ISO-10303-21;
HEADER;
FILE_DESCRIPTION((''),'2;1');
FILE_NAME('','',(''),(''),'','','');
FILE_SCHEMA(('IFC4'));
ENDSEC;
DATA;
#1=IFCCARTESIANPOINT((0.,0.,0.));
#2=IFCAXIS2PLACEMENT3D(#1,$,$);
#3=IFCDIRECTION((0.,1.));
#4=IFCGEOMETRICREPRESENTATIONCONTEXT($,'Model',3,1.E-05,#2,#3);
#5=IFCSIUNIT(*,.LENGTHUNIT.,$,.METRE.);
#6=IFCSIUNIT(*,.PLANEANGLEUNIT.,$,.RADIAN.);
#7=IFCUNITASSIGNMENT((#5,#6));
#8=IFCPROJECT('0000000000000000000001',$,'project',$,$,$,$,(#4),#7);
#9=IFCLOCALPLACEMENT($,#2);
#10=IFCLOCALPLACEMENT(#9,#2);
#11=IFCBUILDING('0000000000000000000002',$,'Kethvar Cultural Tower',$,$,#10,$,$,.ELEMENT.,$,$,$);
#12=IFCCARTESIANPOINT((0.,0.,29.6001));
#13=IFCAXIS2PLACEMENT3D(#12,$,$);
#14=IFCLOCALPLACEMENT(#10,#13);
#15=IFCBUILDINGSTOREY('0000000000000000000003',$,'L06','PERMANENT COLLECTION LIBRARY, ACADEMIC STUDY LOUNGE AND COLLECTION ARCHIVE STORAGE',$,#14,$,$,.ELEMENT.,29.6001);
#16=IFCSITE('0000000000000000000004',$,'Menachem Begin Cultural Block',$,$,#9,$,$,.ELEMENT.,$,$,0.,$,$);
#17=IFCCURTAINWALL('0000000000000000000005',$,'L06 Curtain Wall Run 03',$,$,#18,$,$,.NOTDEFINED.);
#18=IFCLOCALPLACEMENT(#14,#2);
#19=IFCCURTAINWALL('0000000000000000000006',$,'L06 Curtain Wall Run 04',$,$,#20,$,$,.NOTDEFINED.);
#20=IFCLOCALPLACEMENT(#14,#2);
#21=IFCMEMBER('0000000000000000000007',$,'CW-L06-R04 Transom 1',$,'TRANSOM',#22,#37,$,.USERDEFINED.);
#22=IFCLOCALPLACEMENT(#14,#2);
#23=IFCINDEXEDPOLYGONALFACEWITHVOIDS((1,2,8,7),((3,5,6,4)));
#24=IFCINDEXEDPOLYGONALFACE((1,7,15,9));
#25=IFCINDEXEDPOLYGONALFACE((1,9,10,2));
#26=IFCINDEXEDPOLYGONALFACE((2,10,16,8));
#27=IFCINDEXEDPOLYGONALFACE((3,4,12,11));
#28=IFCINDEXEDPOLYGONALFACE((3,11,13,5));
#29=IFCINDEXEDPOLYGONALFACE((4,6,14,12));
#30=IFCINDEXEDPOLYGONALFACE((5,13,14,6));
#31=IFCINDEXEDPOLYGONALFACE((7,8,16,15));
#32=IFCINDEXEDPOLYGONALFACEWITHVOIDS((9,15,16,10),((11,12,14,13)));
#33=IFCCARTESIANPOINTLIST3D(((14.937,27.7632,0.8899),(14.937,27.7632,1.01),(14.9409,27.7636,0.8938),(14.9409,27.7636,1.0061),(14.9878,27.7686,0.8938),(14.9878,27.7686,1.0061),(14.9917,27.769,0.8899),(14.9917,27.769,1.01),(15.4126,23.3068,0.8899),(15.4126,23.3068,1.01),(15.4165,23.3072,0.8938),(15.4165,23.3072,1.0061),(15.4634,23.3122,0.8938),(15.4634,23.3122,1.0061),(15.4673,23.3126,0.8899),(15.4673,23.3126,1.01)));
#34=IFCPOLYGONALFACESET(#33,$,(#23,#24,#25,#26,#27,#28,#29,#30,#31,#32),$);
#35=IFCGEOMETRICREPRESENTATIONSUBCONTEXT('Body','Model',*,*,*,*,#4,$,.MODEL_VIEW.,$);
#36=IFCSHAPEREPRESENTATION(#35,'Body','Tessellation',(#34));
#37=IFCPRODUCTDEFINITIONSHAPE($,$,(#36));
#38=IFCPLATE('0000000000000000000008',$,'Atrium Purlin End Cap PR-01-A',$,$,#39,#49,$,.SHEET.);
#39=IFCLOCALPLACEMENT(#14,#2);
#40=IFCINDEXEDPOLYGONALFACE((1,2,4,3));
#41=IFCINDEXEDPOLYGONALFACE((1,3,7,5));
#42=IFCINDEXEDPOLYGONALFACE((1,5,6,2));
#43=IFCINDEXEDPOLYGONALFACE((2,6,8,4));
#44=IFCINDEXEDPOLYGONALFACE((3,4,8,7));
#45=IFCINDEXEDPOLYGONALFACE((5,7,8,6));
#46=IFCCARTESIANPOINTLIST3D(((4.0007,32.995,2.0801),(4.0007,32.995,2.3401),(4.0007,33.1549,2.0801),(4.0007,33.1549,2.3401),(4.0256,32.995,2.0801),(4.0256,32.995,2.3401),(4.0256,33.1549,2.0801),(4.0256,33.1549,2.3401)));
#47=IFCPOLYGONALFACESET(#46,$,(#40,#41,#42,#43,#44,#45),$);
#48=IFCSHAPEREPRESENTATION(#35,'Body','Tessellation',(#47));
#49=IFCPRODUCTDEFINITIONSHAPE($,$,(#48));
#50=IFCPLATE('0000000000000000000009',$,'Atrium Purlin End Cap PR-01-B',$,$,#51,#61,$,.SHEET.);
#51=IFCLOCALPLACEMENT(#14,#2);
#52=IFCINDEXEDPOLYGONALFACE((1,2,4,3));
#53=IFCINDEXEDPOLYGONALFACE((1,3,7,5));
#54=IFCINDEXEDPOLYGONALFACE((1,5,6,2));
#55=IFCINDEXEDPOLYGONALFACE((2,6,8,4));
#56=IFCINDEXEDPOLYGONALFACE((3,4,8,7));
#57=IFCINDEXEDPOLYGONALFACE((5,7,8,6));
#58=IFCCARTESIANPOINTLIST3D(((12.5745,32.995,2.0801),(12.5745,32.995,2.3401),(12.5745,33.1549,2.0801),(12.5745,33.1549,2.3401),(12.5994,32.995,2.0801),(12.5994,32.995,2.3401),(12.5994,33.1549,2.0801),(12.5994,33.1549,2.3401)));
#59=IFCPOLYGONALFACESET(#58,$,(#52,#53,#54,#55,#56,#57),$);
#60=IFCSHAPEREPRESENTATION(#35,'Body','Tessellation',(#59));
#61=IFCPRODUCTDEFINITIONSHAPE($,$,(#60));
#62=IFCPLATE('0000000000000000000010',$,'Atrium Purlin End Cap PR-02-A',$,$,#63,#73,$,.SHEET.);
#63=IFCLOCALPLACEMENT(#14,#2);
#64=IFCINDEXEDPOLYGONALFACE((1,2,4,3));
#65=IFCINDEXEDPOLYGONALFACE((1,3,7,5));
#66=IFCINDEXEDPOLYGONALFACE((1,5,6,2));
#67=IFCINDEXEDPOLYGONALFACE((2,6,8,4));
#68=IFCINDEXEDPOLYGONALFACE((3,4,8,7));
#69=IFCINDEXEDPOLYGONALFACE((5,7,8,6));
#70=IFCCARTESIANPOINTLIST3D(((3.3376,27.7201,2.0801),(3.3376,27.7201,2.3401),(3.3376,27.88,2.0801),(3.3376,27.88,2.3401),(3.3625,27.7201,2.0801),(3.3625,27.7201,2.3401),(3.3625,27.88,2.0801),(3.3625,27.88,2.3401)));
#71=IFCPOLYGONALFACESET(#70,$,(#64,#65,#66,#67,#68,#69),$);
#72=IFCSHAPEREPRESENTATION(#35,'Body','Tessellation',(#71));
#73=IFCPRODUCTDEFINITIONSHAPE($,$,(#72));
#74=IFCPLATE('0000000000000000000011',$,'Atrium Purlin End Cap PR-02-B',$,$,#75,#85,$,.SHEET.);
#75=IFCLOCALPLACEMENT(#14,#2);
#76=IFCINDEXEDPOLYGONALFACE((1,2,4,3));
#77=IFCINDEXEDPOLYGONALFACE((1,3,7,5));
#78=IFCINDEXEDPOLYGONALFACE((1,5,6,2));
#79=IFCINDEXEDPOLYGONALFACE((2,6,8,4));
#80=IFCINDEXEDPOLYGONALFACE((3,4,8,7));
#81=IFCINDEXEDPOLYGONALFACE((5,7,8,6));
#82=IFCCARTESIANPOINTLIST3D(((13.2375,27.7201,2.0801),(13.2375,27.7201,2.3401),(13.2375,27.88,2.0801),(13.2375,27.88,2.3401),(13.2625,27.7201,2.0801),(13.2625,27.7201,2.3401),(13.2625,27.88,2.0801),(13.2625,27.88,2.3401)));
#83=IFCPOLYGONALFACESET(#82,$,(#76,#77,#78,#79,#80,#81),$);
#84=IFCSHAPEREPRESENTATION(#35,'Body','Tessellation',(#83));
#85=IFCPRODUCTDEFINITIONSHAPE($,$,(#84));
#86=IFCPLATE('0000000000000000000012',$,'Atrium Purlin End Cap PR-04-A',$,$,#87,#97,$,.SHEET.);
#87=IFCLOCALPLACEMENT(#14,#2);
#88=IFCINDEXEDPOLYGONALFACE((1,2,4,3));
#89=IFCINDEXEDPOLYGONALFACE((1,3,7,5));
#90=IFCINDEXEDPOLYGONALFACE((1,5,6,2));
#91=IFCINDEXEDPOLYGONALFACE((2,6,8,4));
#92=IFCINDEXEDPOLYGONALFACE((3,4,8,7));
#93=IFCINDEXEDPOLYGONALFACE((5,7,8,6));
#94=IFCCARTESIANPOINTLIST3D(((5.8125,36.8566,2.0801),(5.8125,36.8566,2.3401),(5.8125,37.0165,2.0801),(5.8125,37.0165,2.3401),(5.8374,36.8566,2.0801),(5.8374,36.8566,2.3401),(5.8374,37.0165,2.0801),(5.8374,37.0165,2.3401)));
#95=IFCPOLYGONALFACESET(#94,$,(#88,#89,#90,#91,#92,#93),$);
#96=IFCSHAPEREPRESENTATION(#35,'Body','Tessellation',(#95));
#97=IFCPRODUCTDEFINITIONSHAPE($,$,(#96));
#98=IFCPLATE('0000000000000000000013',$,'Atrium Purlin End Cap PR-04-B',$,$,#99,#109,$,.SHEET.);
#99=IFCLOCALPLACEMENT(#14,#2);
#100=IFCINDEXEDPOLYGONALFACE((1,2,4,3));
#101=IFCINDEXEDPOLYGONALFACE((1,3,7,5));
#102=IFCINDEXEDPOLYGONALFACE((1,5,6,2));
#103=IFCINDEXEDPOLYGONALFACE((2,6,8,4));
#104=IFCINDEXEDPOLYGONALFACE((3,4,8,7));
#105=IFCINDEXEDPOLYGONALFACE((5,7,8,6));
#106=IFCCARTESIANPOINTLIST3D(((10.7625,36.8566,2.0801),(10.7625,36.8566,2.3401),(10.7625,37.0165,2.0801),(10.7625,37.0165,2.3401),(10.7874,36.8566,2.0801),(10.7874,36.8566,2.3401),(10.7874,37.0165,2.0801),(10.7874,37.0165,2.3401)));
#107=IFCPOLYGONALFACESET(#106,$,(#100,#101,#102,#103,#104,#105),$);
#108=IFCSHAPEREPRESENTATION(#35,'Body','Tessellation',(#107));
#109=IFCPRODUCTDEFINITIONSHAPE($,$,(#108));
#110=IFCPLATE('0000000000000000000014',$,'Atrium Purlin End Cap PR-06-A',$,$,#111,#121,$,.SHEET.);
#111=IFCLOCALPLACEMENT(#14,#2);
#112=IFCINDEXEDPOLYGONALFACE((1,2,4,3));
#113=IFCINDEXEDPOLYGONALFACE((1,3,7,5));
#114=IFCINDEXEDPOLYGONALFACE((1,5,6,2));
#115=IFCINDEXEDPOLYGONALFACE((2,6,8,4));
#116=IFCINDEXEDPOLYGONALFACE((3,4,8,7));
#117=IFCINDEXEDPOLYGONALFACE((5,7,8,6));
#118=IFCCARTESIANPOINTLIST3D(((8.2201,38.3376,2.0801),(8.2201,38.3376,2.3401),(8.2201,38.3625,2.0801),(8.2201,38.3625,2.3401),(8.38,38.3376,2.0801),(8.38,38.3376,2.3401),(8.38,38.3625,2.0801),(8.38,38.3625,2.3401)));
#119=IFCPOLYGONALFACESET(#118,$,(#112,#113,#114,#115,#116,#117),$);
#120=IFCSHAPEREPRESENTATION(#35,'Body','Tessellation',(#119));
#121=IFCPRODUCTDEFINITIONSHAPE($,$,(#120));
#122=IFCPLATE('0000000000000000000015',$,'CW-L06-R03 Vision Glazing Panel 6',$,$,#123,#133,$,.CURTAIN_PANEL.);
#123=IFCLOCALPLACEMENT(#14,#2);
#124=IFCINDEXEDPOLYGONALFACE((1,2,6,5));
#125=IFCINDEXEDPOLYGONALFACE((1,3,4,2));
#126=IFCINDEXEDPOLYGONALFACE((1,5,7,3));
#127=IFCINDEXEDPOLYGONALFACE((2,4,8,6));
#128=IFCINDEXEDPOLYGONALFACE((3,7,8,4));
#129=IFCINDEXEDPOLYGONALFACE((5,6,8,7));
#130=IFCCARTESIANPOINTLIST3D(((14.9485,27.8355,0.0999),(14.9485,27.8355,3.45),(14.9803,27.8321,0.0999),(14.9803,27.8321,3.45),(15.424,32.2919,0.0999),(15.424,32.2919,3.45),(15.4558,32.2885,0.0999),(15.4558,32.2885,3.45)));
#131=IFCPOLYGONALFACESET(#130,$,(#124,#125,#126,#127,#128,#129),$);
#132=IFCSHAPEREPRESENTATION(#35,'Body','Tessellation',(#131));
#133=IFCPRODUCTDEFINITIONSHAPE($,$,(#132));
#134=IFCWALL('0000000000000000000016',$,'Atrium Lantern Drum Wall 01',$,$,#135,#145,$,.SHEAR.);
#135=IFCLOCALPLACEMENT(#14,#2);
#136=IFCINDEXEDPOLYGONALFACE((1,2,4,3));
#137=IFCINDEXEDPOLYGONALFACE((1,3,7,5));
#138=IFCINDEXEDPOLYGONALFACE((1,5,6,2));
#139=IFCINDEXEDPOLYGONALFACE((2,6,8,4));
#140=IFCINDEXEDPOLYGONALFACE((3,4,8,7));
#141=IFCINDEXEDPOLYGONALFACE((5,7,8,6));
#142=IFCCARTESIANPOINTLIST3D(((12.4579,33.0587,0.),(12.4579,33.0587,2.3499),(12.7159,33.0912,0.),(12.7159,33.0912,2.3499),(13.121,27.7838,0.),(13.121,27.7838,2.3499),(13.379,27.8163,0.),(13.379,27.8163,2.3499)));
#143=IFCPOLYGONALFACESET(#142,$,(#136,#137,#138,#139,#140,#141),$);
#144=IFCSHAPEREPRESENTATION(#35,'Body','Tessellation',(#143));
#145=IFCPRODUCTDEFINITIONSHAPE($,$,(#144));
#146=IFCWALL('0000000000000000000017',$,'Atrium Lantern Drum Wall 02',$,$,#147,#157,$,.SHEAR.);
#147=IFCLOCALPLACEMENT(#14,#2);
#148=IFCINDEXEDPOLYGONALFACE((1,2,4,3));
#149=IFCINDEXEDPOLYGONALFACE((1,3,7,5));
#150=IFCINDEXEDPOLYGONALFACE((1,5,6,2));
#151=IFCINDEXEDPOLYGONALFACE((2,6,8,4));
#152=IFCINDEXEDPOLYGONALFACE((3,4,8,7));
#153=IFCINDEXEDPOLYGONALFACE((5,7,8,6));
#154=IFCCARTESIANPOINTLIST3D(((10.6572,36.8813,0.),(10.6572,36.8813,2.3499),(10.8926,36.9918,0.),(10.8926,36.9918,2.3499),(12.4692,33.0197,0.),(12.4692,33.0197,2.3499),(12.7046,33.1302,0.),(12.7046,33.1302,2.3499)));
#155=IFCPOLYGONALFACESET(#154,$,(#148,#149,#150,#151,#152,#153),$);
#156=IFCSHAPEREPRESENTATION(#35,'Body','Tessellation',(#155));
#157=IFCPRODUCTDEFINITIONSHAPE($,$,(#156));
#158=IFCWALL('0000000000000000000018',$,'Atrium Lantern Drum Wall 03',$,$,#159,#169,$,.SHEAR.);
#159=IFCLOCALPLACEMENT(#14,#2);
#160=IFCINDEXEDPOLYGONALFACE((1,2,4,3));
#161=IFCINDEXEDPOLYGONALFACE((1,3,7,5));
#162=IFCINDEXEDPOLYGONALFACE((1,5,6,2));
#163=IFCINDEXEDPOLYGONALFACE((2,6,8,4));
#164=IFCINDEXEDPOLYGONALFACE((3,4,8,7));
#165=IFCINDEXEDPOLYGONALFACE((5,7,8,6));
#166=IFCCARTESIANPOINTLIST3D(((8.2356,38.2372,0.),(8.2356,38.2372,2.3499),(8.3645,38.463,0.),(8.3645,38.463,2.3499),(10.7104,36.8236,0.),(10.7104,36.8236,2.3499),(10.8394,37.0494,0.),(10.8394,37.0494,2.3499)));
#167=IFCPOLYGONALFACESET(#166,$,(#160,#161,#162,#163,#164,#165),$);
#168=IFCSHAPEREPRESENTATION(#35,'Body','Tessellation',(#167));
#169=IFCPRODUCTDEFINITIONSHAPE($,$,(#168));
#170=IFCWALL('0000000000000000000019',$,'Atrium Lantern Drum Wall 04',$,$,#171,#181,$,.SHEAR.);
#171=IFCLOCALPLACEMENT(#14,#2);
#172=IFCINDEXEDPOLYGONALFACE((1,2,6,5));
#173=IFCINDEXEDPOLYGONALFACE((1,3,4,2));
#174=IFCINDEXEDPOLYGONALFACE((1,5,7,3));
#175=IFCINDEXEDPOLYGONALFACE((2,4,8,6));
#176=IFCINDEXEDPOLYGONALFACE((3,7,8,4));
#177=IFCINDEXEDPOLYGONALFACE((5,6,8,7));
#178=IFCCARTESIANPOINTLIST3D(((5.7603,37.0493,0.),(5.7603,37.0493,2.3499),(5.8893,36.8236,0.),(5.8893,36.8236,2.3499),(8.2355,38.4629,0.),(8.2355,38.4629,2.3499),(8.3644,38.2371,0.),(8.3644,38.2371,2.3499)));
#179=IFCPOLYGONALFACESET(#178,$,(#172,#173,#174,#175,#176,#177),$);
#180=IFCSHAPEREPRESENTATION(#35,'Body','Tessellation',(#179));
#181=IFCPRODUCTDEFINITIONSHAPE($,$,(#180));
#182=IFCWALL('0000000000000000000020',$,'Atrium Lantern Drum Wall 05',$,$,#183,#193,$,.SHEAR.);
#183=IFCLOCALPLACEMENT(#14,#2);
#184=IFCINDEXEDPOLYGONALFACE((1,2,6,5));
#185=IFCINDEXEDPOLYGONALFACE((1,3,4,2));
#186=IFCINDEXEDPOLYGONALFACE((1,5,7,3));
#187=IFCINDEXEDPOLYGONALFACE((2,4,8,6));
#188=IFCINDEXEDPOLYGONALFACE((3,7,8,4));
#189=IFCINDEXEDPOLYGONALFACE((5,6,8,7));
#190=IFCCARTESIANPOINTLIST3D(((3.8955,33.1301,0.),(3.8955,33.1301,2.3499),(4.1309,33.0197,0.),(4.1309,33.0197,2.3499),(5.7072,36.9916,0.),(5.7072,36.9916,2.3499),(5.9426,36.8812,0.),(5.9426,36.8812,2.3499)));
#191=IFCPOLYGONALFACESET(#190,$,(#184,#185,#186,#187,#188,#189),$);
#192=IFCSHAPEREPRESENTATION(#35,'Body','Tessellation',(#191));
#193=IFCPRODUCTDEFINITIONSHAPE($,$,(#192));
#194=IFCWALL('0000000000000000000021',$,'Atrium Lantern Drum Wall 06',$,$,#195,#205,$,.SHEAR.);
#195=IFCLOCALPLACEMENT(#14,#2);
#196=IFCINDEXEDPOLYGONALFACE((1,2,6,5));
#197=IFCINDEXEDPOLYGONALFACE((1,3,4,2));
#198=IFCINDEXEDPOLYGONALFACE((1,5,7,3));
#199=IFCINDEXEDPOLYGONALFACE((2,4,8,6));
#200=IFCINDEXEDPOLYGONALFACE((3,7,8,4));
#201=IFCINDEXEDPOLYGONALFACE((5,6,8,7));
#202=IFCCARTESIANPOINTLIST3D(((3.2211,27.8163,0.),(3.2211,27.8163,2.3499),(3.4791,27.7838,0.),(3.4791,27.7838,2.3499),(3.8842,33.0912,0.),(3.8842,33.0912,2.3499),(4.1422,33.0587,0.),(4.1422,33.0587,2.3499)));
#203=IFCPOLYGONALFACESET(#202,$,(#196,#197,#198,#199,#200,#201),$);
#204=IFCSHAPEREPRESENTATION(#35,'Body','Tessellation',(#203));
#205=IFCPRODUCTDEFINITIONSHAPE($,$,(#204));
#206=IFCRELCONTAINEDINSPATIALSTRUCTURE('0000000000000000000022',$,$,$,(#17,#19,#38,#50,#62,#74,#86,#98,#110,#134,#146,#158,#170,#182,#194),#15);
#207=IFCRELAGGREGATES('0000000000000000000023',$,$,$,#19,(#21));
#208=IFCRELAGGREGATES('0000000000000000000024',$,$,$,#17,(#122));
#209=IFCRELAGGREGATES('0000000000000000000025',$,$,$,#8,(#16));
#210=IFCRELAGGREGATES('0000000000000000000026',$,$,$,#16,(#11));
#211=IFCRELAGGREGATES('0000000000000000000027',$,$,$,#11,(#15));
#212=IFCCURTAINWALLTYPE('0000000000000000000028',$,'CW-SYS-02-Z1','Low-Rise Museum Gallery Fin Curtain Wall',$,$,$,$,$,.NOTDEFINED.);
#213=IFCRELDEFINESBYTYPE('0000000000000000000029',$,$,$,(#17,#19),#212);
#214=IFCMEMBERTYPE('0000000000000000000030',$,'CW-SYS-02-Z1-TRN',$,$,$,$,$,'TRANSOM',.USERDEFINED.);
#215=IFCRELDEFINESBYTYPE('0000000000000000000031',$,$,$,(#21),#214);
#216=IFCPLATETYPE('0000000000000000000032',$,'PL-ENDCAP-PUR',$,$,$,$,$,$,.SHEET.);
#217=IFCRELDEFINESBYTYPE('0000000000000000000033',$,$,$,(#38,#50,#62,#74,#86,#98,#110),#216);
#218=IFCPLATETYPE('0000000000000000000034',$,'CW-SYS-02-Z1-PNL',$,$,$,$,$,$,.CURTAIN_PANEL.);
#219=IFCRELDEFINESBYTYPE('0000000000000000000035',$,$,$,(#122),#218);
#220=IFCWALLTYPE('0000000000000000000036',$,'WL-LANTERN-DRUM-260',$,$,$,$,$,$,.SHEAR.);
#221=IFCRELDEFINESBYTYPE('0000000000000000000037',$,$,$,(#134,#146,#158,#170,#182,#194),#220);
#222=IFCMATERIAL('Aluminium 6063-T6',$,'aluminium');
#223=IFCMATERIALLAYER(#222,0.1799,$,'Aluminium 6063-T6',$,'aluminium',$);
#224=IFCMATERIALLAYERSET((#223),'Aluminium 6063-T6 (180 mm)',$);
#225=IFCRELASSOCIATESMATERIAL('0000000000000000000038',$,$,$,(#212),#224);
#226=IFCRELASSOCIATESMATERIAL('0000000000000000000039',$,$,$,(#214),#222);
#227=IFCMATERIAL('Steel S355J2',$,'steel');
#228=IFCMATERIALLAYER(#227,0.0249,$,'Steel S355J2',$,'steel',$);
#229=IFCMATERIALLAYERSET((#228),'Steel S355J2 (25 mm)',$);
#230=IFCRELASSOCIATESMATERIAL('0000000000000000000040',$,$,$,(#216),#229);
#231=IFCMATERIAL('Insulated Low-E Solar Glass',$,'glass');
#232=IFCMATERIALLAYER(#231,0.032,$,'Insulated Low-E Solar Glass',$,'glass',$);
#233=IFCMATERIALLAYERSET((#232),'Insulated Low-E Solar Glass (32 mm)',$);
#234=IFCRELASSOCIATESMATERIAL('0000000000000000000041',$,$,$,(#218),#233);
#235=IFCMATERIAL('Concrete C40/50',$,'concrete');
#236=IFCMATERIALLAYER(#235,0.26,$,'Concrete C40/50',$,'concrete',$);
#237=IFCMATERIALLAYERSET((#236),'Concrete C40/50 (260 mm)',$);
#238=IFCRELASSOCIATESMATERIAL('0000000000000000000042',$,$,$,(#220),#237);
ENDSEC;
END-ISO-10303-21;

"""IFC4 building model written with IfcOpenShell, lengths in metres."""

from ifc_helpers import new_model, si_unit, direction, frame, frame_2d, origin, origin_2d, place, context, subcontext, project, spatial, rectangle, hollow_rectangle, extrude, source, transform, mapped, material, layer, layer_set, material_profile, profile_set, type_object, element, aggregate, save


model = new_model("IFC4")

# Units and contexts
model_context = context("Model", 3, precision=1e-05, world=origin(), true_north=direction((0.0, 1.0)))
body_context = subcontext(model_context, "Body", "Model", "MODEL_VIEW")
ifc_project = project(units=[si_unit("LENGTHUNIT", "METRE"), si_unit("PLANEANGLEUNIT", "RADIAN")], contexts=[model_context])

# Site, building, storey
site_placement = place(None, origin())
site = spatial("IfcSite", under=ifc_project, at=site_placement, Name="Menachem Begin Cultural Block", CompositionType="ELEMENT", RefElevation=0.0)
building_placement = place(site_placement, origin())
building = spatial("IfcBuilding", under=site, at=building_placement, Name="Kethvar Cultural Tower", CompositionType="ELEMENT")
storey_placement = place(building_placement, frame((0.0, 0.0, 29.6001)))
storey = spatial("IfcBuildingStorey", under=building, at=storey_placement, Name="L06", Description="PERMANENT COLLECTION LIBRARY, ACADEMIC STUDY LOUNGE AND COLLECTION ARCHIVE STORAGE", CompositionType="ELEMENT", Elevation=29.6001)

# Shared definitions
ifc_material_1 = material(Name="Steel S355J2", Category="steel")

# Curtain wall
ifc_material_2 = material(Name="Aluminium 6063-T6", Category="aluminium")
ifc_layer_1 = layer(ifc_material_2, 0.1799, Name="Aluminium 6063-T6", Category="aluminium")
ifc_layer_set_1 = layer_set([ifc_layer_1], Name="Aluminium 6063-T6 (180 mm)")
curtain_wall_type = type_object("IfcCurtainWallType", Name="CW-SYS-02-Z1", Description="Low-Rise Museum Gallery Fin Curtain Wall", PredefinedType="NOTDEFINED", material=ifc_layer_set_1)
curtain_wall_1_placement = place(storey_placement, origin())
curtain_wall_1 = element("IfcCurtainWall", 1, at=curtain_wall_1_placement, inside=storey, type_object=curtain_wall_type, Name="L06 Curtain Wall Run 03", PredefinedType="NOTDEFINED")

# Curtain wall, member
curtain_wall_2_placement = place(storey_placement, origin())
curtain_wall_2 = element("IfcCurtainWall", 2, at=curtain_wall_2_placement, inside=storey, type_object=curtain_wall_type, Name="L06 Curtain Wall Run 04", PredefinedType="NOTDEFINED")
ifc_material_profile_1 = material_profile(ifc_material_2, hollow_rectangle(XDim=0.0549, YDim=0.1201, WallThickness=0.0039, at=origin_2d()), Name="Aluminium 6063-T6 — RHS120x55x4")
ifc_profile_set_1 = profile_set([ifc_material_profile_1], Name="Aluminium 6063-T6 — RHS120x55x4")
member_type_1 = type_object("IfcMemberType", Name="CW-SYS-02-Z1-TRN", ElementType="TRANSOM", PredefinedType="USERDEFINED", material=ifc_profile_set_1)
shared_shape_1 = source(origin(), body_context, "Body", "SweptSolid", [
    extrude(hollow_rectangle(XDim=0.0549, YDim=0.1201, WallThickness=0.0039, at=origin_2d()), origin(), (0.0, 0.0, 1.0), 4.4817),
])
member_1_placement = place(storey_placement, frame((14.9644, 27.7661, 0.95), z_axis=(0.10612, -0.994353, 0.0), x_axis=(0.994353, 0.10612, 0.0)))
member_1 = element("IfcMember", 3, at=member_1_placement, type_object=member_type_1, Name="CW-L06-R04 Transom 1", ObjectType="TRANSOM", PredefinedType="USERDEFINED", context=body_context, shape_type="MappedRepresentation", body=[
    mapped(shared_shape_1, transform((0.0, 0.0, 0.0), scale=1.0)),
])
aggregate(curtain_wall_2, [member_1])

# Plates
ifc_layer_2 = layer(ifc_material_1, 0.0249, Name="Steel S355J2", Category="steel")
ifc_layer_set_2 = layer_set([ifc_layer_2], Name="Steel S355J2 (25 mm)")
plate_type_1 = type_object("IfcPlateType", Name="PL-ENDCAP-PUR", PredefinedType="SHEET", material=ifc_layer_set_2)
shared_shape_2 = source(origin(), body_context, "Body", "SweptSolid", [
    extrude(rectangle(XDim=0.0249, YDim=0.1599, at=origin_2d()), origin(), (0.0, 0.0, 1.0), 0.26),
])
for number, where, z_axis, x_axis, name in (
    (4, (4.0132, 33.075, 2.0801), (0.0, 0.0, 1.0), (1.0, 0.0, 0.0), "Atrium Purlin End Cap PR-01-A"),
    (5, (12.5869, 33.075, 2.0801), (0.0, 0.0, 1.0), (1.0, 0.0, 0.0), "Atrium Purlin End Cap PR-01-B"),
    (6, (3.3501, 27.8, 2.0801), (0.0, 0.0, 1.0), (1.0, 0.0, 0.0), "Atrium Purlin End Cap PR-02-A"),
    (7, (13.25, 27.8, 2.0801), (0.0, 0.0, 1.0), (1.0, 0.0, 0.0), "Atrium Purlin End Cap PR-02-B"),
    (8, (5.825, 36.9365, 2.0801), (0.0, 0.0, 1.0), (1.0, 0.0, 0.0), "Atrium Purlin End Cap PR-04-A"),
    (9, (10.7749, 36.9365, 2.0801), (0.0, 0.0, 1.0), (1.0, 0.0, 0.0), "Atrium Purlin End Cap PR-04-B"),
    (10, (8.3, 38.3501, 2.0801), (0.0, 0.0, 1.0), (0.0, -1.0, 0.0), "Atrium Purlin End Cap PR-06-A"),
):
    element("IfcPlate", number, at=place(storey_placement, frame(where, z_axis=z_axis, x_axis=x_axis)), inside=storey, type_object=plate_type_1, Name=name, PredefinedType="SHEET", context=body_context, shape_type="MappedRepresentation", body=[
        mapped(shared_shape_2, transform((0.0, 0.0, 0.0), scale=1.0)),
    ])

# Plate
ifc_material_3 = material(Name="Insulated Low-E Solar Glass", Category="glass")
ifc_layer_3 = layer(ifc_material_3, 0.032, Name="Insulated Low-E Solar Glass", Category="glass")
ifc_layer_set_3 = layer_set([ifc_layer_3], Name="Insulated Low-E Solar Glass (32 mm)")
plate_type_2 = type_object("IfcPlateType", Name="CW-SYS-02-Z1-PNL", PredefinedType="CURTAIN_PANEL", material=ifc_layer_set_3)
shared_shape_3 = source(origin(), body_context, "Body", "SweptSolid", [
    extrude(rectangle(XDim=4.4817, YDim=0.032, at=origin_2d()), origin(), (0.0, 0.0, 1.0), 3.3501),
])
plate_placement = place(storey_placement, frame((15.2021, 30.062, 0.0999), z_axis=(0.0, 0.0, 1.0), x_axis=(-0.106108, -0.994355, 0.0)))
plate = element("IfcPlate", 11, at=plate_placement, type_object=plate_type_2, Name="CW-L06-R03 Vision Glazing Panel 6", PredefinedType="CURTAIN_PANEL", context=body_context, shape_type="MappedRepresentation", body=[
    mapped(shared_shape_3, transform((0.0, 0.0, 0.0), scale=1.0)),
])
aggregate(curtain_wall_1, [plate])

# Walls
ifc_material_4 = material(Name="Concrete C40/50", Category="concrete")
ifc_layer_4 = layer(ifc_material_4, 0.26, Name="Concrete C40/50", Category="concrete")
ifc_layer_set_4 = layer_set([ifc_layer_4], Name="Concrete C40/50 (260 mm)")
wall_type = type_object("IfcWallType", Name="WL-LANTERN-DRUM-260", PredefinedType="SHEAR", material=ifc_layer_set_4)
wall_1_placement = place(storey_placement, frame((13.25, 27.8, 0.0), z_axis=(0.0, 0.0, 1.0), x_axis=(-0.124724, 0.992191, 0.0)))
element("IfcWall", 12, at=wall_1_placement, inside=storey, type_object=wall_type, Name="Atrium Lantern Drum Wall 01", PredefinedType="SHEAR", context=body_context, shape_type="SweptSolid", body=[
    extrude(rectangle(XDim=5.3164, YDim=0.26, at=frame_2d((2.6582, 0.0))), origin(), (0.0, 0.0, 1.0), 2.3499),
])
wall_2_placement = place(storey_placement, frame((12.5869, 33.075, 0.0), z_axis=(0.0, 0.0, 1.0), x_axis=(-0.424799, 0.905288, 0.0)))
element("IfcWall", 13, at=wall_2_placement, inside=storey, type_object=wall_type, Name="Atrium Lantern Drum Wall 02", PredefinedType="SHEAR", context=body_context, shape_type="SweptSolid", body=[
    extrude(rectangle(XDim=4.2656, YDim=0.26, at=frame_2d((2.1328, 0.0))), origin(), (0.0, 0.0, 1.0), 2.3499),
])
wall_3_placement = place(storey_placement, frame((10.7749, 36.9365, 0.0), z_axis=(0.0, 0.0, 1.0), x_axis=(-0.868338, 0.495973, 0.0)))
element("IfcWall", 14, at=wall_3_placement, inside=storey, type_object=wall_type, Name="Atrium Lantern Drum Wall 03", PredefinedType="SHEAR", context=body_context, shape_type="SweptSolid", body=[
    extrude(rectangle(XDim=2.8501, YDim=0.26, at=frame_2d((1.425, 0.0))), origin(), (0.0, 0.0, 1.0), 2.3499),
])
wall_4_placement = place(storey_placement, frame((8.3, 38.3501, 0.0), z_axis=(0.0, 0.0, 1.0), x_axis=(-0.868359, -0.495936, 0.0)))
element("IfcWall", 15, at=wall_4_placement, inside=storey, type_object=wall_type, Name="Atrium Lantern Drum Wall 04", PredefinedType="SHEAR", context=body_context, shape_type="SweptSolid", body=[
    extrude(rectangle(XDim=2.8503, YDim=0.26, at=frame_2d((1.4253, 0.0))), origin(), (0.0, 0.0, 1.0), 2.3499),
])
wall_5_placement = place(storey_placement, frame((5.825, 36.9365, 0.0), z_axis=(0.0, 0.0, 1.0), x_axis=(-0.424752, -0.90531, 0.0)))
element("IfcWall", 16, at=wall_5_placement, inside=storey, type_object=wall_type, Name="Atrium Lantern Drum Wall 05", PredefinedType="SHEAR", context=body_context, shape_type="SweptSolid", body=[
    extrude(rectangle(XDim=4.2654, YDim=0.26, at=frame_2d((2.1328, 0.0))), origin(), (0.0, 0.0, 1.0), 2.3499),
])
wall_6_placement = place(storey_placement, frame((4.0132, 33.075, 0.0), z_axis=(0.0, 0.0, 1.0), x_axis=(-0.124724, -0.992191, 0.0)))
element("IfcWall", 17, at=wall_6_placement, inside=storey, type_object=wall_type, Name="Atrium Lantern Drum Wall 06", PredefinedType="SHEAR", context=body_context, shape_type="SweptSolid", body=[
    extrude(rectangle(XDim=5.3164, YDim=0.26, at=frame_2d((2.6582, 0.0))), origin(), (0.0, 0.0, 1.0), 2.3499),
])

save(model, "model.ifc")
